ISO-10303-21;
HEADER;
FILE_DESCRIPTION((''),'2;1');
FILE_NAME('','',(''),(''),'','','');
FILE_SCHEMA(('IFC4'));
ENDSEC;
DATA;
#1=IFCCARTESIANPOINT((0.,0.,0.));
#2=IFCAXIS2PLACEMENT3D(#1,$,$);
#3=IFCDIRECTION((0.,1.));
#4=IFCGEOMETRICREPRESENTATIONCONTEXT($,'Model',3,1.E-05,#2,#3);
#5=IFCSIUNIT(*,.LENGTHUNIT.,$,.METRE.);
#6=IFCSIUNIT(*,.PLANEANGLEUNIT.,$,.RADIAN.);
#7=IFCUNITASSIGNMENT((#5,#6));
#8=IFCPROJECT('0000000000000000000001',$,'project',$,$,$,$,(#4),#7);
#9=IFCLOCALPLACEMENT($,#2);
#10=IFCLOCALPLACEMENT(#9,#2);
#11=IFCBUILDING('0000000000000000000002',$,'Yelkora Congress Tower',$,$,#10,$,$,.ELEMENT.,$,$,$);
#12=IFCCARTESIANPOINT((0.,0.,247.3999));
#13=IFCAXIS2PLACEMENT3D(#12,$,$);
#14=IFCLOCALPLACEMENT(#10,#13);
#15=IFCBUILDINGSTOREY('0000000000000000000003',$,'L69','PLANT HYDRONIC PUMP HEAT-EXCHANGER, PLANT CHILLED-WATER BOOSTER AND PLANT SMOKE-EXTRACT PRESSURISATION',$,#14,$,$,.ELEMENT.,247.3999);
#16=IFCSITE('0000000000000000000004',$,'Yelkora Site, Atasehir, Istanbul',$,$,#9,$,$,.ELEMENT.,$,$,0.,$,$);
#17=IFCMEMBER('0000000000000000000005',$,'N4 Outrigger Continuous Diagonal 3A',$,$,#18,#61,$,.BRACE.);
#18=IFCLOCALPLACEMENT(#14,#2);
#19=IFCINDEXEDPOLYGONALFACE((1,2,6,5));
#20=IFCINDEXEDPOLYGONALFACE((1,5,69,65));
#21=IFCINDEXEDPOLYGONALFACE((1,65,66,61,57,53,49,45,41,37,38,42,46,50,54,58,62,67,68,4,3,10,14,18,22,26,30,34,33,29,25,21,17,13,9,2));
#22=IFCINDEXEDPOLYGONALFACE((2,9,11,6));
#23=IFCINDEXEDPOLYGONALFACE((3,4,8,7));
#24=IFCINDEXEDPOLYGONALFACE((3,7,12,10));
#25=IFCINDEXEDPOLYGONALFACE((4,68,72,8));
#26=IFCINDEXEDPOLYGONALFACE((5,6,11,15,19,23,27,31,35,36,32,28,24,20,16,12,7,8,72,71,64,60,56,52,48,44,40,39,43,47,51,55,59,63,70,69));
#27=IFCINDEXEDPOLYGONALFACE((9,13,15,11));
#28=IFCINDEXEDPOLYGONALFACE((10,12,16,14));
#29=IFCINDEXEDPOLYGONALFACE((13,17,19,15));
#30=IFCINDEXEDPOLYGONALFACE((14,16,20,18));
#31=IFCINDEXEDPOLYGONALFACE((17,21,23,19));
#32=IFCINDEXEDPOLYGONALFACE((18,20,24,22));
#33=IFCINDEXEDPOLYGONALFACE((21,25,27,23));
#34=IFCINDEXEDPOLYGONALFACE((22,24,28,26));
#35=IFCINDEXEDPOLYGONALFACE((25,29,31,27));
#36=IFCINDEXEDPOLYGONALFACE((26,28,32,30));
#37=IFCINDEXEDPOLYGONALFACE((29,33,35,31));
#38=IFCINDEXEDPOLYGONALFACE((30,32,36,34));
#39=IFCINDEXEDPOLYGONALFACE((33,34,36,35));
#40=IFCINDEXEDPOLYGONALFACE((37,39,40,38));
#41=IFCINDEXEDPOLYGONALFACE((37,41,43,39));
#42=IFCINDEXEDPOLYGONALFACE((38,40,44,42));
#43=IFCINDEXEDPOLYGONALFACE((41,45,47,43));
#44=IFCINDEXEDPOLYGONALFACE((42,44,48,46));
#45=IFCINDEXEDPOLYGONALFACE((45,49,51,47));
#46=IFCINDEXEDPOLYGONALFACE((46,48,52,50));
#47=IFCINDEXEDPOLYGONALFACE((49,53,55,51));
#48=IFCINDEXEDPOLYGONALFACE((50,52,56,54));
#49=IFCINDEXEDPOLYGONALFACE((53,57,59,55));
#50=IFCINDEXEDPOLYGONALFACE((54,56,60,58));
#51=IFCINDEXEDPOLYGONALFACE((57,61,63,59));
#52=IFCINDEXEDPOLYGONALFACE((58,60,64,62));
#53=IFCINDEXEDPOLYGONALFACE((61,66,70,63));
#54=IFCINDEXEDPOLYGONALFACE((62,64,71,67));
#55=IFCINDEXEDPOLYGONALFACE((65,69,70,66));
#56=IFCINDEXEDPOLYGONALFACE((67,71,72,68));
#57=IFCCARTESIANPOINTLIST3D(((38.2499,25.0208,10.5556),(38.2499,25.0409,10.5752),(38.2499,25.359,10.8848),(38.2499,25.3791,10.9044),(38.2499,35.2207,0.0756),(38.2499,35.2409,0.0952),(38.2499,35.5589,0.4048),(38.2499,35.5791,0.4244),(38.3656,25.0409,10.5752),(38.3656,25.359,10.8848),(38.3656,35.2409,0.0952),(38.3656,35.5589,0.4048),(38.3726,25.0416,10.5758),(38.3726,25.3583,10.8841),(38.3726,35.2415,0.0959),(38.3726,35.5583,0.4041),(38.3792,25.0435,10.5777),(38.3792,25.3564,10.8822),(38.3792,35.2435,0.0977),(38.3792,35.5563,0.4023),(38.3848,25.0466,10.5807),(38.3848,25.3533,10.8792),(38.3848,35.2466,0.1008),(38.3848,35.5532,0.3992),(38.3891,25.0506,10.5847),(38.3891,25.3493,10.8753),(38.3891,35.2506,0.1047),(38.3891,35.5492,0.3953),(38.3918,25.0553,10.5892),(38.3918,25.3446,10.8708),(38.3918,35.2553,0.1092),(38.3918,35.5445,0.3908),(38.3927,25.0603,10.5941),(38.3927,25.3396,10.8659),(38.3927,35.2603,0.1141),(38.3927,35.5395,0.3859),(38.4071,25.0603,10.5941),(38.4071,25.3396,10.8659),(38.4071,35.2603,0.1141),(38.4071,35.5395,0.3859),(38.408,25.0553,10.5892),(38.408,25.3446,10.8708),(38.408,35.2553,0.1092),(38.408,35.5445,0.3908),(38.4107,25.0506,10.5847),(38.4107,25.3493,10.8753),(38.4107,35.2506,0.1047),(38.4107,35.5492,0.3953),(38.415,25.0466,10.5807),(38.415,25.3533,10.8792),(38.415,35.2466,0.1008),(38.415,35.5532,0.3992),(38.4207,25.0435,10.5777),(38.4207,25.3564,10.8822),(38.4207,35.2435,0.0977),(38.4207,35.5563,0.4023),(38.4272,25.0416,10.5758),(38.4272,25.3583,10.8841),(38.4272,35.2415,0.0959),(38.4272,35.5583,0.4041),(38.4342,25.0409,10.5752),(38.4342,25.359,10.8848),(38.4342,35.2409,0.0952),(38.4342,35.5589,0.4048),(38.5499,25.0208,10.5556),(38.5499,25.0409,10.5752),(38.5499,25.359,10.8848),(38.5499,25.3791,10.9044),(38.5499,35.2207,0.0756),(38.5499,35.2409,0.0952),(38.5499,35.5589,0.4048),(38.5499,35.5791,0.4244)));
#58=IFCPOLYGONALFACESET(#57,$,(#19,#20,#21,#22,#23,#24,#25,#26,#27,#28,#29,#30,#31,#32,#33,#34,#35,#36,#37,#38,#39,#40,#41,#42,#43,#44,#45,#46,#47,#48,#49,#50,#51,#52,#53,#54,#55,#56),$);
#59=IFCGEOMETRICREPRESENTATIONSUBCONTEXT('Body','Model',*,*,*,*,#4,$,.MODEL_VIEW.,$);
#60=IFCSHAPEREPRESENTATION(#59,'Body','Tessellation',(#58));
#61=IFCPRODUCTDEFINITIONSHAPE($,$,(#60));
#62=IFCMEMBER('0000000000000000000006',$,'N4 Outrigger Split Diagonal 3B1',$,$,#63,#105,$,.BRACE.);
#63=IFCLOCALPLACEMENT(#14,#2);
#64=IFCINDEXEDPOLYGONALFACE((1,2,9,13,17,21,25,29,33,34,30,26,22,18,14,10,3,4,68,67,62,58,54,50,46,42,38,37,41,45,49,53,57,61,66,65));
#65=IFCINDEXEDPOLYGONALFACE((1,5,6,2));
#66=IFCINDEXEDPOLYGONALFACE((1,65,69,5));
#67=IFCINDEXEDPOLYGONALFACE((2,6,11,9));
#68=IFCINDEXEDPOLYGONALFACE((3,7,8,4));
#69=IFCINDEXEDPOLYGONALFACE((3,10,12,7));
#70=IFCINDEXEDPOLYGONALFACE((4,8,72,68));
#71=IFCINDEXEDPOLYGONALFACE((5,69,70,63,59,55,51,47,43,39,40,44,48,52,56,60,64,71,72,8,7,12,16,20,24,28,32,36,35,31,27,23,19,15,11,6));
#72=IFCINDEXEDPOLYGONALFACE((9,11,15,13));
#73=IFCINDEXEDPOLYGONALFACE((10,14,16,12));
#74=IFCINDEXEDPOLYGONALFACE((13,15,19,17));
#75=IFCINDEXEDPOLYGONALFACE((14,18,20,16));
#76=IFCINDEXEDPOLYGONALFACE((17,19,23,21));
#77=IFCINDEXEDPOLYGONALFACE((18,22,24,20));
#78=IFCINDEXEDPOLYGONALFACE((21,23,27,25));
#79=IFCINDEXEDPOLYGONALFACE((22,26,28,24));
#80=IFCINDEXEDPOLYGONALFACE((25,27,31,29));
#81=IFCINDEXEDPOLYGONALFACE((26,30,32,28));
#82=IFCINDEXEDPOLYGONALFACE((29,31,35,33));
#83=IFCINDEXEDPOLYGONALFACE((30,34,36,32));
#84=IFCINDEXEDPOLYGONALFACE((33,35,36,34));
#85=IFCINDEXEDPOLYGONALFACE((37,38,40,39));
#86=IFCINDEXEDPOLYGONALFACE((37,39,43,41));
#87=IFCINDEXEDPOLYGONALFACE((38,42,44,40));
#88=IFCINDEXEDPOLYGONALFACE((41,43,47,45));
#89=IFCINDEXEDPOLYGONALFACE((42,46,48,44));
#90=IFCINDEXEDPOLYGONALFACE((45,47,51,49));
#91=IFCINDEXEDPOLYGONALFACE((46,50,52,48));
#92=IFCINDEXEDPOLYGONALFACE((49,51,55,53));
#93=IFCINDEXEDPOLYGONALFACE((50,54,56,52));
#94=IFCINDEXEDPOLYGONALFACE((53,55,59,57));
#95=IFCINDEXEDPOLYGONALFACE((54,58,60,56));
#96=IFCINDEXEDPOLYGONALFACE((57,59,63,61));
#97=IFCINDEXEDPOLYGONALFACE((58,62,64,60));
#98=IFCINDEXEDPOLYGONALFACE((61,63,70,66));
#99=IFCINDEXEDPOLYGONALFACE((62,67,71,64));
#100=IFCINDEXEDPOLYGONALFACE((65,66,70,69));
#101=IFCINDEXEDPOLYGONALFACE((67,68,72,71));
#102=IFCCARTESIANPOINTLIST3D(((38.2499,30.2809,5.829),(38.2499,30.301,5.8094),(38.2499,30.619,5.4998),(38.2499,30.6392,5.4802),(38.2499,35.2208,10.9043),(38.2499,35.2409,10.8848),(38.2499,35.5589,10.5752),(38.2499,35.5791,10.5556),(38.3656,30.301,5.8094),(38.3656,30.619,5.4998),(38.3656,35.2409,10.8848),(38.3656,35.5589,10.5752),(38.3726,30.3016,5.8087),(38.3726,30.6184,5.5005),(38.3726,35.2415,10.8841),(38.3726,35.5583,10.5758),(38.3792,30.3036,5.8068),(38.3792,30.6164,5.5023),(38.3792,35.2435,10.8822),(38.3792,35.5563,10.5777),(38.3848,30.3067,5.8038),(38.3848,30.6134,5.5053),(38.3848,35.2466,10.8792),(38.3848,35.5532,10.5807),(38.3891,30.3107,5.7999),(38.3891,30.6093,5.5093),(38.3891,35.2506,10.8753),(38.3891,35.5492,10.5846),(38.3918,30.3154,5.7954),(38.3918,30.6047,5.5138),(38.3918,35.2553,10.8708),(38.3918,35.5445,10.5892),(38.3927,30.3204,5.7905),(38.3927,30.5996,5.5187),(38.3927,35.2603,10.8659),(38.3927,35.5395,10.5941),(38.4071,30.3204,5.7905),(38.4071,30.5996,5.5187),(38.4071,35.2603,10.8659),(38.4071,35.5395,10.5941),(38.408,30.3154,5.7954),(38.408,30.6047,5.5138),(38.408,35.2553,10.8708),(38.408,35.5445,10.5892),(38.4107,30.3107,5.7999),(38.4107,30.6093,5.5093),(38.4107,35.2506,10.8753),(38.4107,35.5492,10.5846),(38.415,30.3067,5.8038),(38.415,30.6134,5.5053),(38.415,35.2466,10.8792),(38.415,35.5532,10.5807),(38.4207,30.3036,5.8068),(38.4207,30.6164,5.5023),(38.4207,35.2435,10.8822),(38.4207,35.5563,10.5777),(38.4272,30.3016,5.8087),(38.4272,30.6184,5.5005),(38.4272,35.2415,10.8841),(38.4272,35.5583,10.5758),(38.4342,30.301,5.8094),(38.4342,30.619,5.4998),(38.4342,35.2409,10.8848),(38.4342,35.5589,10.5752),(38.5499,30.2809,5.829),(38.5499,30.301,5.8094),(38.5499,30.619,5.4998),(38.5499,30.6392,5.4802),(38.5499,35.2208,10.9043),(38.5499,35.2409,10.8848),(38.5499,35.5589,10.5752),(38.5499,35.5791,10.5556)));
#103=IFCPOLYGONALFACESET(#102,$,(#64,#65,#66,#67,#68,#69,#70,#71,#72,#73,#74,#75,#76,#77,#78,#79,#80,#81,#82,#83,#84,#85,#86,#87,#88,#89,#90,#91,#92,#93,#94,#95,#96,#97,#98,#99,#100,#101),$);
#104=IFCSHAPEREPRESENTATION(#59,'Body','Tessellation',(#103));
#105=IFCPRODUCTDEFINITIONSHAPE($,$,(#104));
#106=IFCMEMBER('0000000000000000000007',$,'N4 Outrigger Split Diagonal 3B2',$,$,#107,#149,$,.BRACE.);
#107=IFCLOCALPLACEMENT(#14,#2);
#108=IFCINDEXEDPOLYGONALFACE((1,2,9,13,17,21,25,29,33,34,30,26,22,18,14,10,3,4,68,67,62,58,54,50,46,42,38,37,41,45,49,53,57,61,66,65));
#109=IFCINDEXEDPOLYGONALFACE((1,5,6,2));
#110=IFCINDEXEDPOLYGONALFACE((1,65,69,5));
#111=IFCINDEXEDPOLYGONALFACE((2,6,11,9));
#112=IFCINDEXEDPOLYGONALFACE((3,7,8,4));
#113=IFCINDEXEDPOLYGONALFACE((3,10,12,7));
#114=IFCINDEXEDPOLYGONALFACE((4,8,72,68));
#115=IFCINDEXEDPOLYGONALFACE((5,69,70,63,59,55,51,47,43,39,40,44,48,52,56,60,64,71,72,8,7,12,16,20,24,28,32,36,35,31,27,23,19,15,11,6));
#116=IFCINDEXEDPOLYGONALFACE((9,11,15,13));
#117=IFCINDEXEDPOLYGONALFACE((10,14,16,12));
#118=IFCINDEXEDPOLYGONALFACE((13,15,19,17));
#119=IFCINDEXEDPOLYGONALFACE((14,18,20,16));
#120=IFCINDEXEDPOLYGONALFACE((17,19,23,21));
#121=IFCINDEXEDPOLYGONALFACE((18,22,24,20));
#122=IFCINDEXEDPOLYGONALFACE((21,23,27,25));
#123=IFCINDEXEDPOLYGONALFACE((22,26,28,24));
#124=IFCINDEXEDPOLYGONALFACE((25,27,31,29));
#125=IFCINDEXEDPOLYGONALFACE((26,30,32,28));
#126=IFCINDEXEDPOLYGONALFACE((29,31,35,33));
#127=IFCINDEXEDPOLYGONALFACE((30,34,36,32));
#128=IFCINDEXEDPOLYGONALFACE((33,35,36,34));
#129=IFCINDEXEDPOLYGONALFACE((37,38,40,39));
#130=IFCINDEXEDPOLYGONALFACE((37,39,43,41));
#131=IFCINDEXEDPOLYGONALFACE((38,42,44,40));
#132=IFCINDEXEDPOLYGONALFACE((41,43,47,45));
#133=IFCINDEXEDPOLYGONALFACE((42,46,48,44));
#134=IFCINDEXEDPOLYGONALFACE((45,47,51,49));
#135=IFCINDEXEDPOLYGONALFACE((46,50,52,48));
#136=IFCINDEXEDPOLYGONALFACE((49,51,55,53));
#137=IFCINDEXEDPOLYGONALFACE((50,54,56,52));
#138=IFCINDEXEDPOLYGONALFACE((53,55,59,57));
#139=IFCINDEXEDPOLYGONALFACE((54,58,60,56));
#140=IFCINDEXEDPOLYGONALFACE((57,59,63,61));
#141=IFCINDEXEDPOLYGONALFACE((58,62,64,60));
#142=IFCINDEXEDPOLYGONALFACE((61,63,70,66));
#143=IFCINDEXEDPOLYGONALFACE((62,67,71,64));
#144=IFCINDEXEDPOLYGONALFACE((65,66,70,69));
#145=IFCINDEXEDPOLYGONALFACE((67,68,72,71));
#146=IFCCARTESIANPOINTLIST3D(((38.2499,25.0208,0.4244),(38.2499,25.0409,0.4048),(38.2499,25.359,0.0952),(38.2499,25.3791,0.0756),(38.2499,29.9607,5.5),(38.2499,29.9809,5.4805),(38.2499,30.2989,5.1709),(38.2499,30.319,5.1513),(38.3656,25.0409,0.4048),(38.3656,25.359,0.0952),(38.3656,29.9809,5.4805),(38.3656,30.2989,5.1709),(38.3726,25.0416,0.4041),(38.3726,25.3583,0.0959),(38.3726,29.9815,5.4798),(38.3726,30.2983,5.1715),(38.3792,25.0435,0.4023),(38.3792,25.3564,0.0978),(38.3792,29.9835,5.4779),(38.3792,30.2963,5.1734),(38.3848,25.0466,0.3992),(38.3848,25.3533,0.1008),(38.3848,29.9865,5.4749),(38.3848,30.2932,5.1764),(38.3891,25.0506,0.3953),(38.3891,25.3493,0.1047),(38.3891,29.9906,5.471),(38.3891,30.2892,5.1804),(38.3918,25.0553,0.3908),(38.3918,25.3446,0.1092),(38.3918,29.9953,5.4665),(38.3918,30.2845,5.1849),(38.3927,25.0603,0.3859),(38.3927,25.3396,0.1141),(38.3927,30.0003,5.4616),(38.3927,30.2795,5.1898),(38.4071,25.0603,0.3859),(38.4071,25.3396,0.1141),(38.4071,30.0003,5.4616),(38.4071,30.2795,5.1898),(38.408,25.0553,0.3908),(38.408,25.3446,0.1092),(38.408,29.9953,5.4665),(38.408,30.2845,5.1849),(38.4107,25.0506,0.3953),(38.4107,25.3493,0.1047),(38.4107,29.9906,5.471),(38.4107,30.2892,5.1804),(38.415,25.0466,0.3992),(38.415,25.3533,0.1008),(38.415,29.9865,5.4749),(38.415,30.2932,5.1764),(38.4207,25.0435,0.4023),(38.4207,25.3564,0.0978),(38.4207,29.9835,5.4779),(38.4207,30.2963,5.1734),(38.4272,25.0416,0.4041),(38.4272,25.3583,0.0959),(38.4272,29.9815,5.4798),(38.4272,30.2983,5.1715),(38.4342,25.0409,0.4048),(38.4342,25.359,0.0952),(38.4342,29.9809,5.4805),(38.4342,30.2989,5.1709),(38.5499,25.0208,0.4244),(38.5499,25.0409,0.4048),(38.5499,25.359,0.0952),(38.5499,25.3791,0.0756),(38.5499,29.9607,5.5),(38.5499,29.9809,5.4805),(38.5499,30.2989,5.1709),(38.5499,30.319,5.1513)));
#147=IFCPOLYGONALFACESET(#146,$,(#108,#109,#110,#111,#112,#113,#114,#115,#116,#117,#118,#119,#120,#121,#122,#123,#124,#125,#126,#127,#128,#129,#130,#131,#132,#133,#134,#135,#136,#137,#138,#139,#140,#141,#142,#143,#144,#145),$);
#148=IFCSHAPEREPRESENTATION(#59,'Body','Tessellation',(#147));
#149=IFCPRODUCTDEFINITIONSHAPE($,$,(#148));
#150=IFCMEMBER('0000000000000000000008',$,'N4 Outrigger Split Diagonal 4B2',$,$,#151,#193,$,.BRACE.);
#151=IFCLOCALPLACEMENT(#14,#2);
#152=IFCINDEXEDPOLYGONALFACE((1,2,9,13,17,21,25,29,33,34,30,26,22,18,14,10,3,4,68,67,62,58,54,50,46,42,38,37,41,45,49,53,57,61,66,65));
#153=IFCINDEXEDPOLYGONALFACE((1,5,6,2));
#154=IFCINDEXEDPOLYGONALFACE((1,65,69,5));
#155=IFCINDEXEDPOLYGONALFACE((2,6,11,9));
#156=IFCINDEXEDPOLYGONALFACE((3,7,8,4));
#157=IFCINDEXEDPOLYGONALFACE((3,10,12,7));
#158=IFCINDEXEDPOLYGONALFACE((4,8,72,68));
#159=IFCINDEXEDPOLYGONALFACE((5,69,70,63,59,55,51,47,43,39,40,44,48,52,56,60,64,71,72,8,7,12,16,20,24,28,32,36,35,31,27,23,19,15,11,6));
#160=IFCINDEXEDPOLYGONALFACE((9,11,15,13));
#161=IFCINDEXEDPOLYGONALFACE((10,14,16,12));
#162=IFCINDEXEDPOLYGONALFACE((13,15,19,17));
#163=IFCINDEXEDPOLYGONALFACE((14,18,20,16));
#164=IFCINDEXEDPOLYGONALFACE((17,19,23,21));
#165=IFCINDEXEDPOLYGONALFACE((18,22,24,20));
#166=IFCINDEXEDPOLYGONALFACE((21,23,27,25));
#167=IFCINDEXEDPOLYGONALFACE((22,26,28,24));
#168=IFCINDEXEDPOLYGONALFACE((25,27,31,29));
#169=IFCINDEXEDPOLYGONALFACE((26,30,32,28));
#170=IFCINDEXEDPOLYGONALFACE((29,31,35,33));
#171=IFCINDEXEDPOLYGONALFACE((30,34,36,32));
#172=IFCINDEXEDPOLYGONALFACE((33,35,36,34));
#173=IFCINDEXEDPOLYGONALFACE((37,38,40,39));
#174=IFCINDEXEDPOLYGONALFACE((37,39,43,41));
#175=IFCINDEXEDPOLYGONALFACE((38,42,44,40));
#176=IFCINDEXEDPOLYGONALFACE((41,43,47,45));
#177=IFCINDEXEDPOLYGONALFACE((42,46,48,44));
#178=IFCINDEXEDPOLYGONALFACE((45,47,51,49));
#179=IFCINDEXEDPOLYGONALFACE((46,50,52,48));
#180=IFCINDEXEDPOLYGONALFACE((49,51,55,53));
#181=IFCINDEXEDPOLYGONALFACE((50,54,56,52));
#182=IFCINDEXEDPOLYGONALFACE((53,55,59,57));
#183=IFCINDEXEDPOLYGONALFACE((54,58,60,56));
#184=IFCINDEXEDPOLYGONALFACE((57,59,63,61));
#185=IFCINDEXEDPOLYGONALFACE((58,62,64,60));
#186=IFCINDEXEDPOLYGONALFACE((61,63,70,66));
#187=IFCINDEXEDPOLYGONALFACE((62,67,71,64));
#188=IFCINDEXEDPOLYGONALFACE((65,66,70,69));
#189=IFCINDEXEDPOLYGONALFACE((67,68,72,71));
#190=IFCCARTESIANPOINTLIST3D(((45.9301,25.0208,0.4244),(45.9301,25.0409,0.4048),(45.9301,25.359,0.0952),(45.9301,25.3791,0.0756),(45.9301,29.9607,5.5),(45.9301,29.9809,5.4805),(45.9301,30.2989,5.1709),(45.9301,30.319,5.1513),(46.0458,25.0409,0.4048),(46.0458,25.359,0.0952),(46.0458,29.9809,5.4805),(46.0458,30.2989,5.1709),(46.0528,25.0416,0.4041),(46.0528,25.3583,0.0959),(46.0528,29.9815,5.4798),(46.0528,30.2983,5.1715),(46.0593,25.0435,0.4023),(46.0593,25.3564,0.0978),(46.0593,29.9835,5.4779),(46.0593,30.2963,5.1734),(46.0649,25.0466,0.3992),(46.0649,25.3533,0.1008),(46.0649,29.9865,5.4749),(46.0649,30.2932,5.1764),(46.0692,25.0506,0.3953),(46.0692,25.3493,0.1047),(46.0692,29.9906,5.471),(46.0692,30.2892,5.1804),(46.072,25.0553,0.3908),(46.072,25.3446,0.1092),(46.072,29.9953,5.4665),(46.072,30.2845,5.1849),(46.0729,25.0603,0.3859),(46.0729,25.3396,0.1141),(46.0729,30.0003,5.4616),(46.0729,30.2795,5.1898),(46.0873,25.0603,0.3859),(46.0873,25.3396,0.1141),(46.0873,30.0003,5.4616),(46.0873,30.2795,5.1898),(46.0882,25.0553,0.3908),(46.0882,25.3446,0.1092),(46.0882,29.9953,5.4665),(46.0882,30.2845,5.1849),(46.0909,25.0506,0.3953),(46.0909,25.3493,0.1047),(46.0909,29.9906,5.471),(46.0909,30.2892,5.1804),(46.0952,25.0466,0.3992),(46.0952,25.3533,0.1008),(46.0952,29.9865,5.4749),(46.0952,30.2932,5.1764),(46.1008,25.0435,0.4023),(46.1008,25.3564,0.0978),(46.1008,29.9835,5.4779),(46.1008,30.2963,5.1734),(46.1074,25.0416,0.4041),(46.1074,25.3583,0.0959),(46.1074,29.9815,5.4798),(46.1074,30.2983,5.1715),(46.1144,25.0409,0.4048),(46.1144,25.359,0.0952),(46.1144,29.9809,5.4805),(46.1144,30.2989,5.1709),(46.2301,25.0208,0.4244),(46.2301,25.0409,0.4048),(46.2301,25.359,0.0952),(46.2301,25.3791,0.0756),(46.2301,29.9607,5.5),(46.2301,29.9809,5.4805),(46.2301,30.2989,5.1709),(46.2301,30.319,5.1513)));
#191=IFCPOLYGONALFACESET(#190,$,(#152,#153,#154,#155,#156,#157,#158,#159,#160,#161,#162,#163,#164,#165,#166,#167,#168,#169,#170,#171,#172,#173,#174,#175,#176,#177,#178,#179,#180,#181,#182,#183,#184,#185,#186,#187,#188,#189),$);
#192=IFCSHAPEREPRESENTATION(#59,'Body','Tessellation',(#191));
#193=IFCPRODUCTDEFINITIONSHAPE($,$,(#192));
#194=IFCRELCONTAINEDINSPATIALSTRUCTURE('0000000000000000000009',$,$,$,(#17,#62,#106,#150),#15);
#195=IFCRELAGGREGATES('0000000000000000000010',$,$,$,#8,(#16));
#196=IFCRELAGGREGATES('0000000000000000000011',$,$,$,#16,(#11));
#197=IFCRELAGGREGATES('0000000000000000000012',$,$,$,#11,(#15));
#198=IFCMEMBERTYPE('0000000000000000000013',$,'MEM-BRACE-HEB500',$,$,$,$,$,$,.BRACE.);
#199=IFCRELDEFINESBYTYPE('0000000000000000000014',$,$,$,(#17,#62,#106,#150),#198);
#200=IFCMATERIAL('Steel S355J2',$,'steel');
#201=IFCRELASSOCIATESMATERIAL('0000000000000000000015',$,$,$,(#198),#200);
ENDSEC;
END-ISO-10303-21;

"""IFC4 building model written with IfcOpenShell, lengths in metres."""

from ifc_helpers import new_model, si_unit, direction, frame, origin, origin_2d, place, context, subcontext, project, spatial, i_section, extrude, material, material_profile, profile_set, type_object, element, save


model = new_model("IFC4")

# Units and contexts
model_context = context("Model", 3, precision=1e-05, world=origin(), true_north=direction((0.0, 1.0)))
body_context = subcontext(model_context, "Body", "Model", "MODEL_VIEW")
ifc_project = project(units=[si_unit("LENGTHUNIT", "METRE"), si_unit("PLANEANGLEUNIT", "RADIAN")], contexts=[model_context])

# Site, building, storey
site_placement = place(None, origin())
site = spatial("IfcSite", under=ifc_project, at=site_placement, Name="Yelkora Site, Atasehir, Istanbul", CompositionType="ELEMENT", RefElevation=0.0)
building_placement = place(site_placement, origin())
building = spatial("IfcBuilding", under=site, at=building_placement, Name="Yelkora Congress Tower", CompositionType="ELEMENT")
storey_placement = place(building_placement, frame((0.0, 0.0, 247.3999)))
storey = spatial("IfcBuildingStorey", under=building, at=storey_placement, Name="L69", Description="PLANT HYDRONIC PUMP HEAT-EXCHANGER, PLANT CHILLED-WATER BOOSTER AND PLANT SMOKE-EXTRACT PRESSURISATION", CompositionType="ELEMENT", Elevation=247.3999)

# Members
ifc_material_1 = material(Name="Steel S355J2", Category="steel")
ifc_material_profile_1 = material_profile(ifc_material_1, i_section(OverallWidth=0.3, OverallDepth=0.5, WebThickness=0.0144, FlangeThickness=0.0281, FilletRadius=0.0271, at=origin_2d()), Name="HEB 500")
ifc_profile_set_1 = profile_set([ifc_material_profile_1], Name="Steel S355J2")
member_type = type_object("IfcMemberType", Name="MEM-BRACE-HEB500", PredefinedType="BRACE", material=ifc_profile_set_1)
member_1_placement = place(storey_placement, frame((38.3999, 35.3999, 0.25), z_axis=(0.0, -0.697468, 0.716616), x_axis=(1.0, 0.0, 0.0)))
element("IfcMember", 1, at=member_1_placement, inside=storey, type_object=member_type, Name="N4 Outrigger Continuous Diagonal 3A", PredefinedType="BRACE", context=body_context, shape_type="SweptSolid", body=[
    extrude(i_section(OverallWidth=0.3, OverallDepth=0.5, WebThickness=0.0144, FlangeThickness=0.0281, FilletRadius=0.0271, at=origin_2d()), origin(), (0.0, 0.0, 1.0), 14.6243),
])
member_2_placement = place(storey_placement, frame((38.3999, 35.3999, 10.73), z_axis=(0.0, -0.697477, -0.716608), x_axis=(1.0, 0.0, 0.0)))
element("IfcMember", 2, at=member_2_placement, inside=storey, type_object=member_type, Name="N4 Outrigger Split Diagonal 3B1", PredefinedType="BRACE", context=body_context, shape_type="SweptSolid", body=[
    extrude(i_section(OverallWidth=0.3, OverallDepth=0.5, WebThickness=0.0144, FlangeThickness=0.0281, FilletRadius=0.0271, at=origin_2d()), origin(), (0.0, 0.0, 1.0), 7.0825),
])
for number, where, z_axis, x_axis, name in (
    (3, (38.3999, 30.1399, 5.3257), (0.0, -0.697459, -0.716624), (1.0, 0.0, 0.0), "N4 Outrigger Split Diagonal 3B2"),
    (4, (46.0801, 30.1399, 5.3257), (0.0, -0.697459, -0.716624), (1.0, 0.0, 0.0), "N4 Outrigger Split Diagonal 4B2"),
):
    element("IfcMember", number, at=place(storey_placement, frame(where, z_axis=z_axis, x_axis=x_axis)), inside=storey, type_object=member_type, Name=name, PredefinedType="BRACE", context=body_context, shape_type="SweptSolid", body=[
        extrude(i_section(OverallWidth=0.3, OverallDepth=0.5, WebThickness=0.0144, FlangeThickness=0.0281, FilletRadius=0.0271, at=origin_2d()), origin(), (0.0, 0.0, 1.0), 7.0828),
    ])

save(model, "model.ifc")
